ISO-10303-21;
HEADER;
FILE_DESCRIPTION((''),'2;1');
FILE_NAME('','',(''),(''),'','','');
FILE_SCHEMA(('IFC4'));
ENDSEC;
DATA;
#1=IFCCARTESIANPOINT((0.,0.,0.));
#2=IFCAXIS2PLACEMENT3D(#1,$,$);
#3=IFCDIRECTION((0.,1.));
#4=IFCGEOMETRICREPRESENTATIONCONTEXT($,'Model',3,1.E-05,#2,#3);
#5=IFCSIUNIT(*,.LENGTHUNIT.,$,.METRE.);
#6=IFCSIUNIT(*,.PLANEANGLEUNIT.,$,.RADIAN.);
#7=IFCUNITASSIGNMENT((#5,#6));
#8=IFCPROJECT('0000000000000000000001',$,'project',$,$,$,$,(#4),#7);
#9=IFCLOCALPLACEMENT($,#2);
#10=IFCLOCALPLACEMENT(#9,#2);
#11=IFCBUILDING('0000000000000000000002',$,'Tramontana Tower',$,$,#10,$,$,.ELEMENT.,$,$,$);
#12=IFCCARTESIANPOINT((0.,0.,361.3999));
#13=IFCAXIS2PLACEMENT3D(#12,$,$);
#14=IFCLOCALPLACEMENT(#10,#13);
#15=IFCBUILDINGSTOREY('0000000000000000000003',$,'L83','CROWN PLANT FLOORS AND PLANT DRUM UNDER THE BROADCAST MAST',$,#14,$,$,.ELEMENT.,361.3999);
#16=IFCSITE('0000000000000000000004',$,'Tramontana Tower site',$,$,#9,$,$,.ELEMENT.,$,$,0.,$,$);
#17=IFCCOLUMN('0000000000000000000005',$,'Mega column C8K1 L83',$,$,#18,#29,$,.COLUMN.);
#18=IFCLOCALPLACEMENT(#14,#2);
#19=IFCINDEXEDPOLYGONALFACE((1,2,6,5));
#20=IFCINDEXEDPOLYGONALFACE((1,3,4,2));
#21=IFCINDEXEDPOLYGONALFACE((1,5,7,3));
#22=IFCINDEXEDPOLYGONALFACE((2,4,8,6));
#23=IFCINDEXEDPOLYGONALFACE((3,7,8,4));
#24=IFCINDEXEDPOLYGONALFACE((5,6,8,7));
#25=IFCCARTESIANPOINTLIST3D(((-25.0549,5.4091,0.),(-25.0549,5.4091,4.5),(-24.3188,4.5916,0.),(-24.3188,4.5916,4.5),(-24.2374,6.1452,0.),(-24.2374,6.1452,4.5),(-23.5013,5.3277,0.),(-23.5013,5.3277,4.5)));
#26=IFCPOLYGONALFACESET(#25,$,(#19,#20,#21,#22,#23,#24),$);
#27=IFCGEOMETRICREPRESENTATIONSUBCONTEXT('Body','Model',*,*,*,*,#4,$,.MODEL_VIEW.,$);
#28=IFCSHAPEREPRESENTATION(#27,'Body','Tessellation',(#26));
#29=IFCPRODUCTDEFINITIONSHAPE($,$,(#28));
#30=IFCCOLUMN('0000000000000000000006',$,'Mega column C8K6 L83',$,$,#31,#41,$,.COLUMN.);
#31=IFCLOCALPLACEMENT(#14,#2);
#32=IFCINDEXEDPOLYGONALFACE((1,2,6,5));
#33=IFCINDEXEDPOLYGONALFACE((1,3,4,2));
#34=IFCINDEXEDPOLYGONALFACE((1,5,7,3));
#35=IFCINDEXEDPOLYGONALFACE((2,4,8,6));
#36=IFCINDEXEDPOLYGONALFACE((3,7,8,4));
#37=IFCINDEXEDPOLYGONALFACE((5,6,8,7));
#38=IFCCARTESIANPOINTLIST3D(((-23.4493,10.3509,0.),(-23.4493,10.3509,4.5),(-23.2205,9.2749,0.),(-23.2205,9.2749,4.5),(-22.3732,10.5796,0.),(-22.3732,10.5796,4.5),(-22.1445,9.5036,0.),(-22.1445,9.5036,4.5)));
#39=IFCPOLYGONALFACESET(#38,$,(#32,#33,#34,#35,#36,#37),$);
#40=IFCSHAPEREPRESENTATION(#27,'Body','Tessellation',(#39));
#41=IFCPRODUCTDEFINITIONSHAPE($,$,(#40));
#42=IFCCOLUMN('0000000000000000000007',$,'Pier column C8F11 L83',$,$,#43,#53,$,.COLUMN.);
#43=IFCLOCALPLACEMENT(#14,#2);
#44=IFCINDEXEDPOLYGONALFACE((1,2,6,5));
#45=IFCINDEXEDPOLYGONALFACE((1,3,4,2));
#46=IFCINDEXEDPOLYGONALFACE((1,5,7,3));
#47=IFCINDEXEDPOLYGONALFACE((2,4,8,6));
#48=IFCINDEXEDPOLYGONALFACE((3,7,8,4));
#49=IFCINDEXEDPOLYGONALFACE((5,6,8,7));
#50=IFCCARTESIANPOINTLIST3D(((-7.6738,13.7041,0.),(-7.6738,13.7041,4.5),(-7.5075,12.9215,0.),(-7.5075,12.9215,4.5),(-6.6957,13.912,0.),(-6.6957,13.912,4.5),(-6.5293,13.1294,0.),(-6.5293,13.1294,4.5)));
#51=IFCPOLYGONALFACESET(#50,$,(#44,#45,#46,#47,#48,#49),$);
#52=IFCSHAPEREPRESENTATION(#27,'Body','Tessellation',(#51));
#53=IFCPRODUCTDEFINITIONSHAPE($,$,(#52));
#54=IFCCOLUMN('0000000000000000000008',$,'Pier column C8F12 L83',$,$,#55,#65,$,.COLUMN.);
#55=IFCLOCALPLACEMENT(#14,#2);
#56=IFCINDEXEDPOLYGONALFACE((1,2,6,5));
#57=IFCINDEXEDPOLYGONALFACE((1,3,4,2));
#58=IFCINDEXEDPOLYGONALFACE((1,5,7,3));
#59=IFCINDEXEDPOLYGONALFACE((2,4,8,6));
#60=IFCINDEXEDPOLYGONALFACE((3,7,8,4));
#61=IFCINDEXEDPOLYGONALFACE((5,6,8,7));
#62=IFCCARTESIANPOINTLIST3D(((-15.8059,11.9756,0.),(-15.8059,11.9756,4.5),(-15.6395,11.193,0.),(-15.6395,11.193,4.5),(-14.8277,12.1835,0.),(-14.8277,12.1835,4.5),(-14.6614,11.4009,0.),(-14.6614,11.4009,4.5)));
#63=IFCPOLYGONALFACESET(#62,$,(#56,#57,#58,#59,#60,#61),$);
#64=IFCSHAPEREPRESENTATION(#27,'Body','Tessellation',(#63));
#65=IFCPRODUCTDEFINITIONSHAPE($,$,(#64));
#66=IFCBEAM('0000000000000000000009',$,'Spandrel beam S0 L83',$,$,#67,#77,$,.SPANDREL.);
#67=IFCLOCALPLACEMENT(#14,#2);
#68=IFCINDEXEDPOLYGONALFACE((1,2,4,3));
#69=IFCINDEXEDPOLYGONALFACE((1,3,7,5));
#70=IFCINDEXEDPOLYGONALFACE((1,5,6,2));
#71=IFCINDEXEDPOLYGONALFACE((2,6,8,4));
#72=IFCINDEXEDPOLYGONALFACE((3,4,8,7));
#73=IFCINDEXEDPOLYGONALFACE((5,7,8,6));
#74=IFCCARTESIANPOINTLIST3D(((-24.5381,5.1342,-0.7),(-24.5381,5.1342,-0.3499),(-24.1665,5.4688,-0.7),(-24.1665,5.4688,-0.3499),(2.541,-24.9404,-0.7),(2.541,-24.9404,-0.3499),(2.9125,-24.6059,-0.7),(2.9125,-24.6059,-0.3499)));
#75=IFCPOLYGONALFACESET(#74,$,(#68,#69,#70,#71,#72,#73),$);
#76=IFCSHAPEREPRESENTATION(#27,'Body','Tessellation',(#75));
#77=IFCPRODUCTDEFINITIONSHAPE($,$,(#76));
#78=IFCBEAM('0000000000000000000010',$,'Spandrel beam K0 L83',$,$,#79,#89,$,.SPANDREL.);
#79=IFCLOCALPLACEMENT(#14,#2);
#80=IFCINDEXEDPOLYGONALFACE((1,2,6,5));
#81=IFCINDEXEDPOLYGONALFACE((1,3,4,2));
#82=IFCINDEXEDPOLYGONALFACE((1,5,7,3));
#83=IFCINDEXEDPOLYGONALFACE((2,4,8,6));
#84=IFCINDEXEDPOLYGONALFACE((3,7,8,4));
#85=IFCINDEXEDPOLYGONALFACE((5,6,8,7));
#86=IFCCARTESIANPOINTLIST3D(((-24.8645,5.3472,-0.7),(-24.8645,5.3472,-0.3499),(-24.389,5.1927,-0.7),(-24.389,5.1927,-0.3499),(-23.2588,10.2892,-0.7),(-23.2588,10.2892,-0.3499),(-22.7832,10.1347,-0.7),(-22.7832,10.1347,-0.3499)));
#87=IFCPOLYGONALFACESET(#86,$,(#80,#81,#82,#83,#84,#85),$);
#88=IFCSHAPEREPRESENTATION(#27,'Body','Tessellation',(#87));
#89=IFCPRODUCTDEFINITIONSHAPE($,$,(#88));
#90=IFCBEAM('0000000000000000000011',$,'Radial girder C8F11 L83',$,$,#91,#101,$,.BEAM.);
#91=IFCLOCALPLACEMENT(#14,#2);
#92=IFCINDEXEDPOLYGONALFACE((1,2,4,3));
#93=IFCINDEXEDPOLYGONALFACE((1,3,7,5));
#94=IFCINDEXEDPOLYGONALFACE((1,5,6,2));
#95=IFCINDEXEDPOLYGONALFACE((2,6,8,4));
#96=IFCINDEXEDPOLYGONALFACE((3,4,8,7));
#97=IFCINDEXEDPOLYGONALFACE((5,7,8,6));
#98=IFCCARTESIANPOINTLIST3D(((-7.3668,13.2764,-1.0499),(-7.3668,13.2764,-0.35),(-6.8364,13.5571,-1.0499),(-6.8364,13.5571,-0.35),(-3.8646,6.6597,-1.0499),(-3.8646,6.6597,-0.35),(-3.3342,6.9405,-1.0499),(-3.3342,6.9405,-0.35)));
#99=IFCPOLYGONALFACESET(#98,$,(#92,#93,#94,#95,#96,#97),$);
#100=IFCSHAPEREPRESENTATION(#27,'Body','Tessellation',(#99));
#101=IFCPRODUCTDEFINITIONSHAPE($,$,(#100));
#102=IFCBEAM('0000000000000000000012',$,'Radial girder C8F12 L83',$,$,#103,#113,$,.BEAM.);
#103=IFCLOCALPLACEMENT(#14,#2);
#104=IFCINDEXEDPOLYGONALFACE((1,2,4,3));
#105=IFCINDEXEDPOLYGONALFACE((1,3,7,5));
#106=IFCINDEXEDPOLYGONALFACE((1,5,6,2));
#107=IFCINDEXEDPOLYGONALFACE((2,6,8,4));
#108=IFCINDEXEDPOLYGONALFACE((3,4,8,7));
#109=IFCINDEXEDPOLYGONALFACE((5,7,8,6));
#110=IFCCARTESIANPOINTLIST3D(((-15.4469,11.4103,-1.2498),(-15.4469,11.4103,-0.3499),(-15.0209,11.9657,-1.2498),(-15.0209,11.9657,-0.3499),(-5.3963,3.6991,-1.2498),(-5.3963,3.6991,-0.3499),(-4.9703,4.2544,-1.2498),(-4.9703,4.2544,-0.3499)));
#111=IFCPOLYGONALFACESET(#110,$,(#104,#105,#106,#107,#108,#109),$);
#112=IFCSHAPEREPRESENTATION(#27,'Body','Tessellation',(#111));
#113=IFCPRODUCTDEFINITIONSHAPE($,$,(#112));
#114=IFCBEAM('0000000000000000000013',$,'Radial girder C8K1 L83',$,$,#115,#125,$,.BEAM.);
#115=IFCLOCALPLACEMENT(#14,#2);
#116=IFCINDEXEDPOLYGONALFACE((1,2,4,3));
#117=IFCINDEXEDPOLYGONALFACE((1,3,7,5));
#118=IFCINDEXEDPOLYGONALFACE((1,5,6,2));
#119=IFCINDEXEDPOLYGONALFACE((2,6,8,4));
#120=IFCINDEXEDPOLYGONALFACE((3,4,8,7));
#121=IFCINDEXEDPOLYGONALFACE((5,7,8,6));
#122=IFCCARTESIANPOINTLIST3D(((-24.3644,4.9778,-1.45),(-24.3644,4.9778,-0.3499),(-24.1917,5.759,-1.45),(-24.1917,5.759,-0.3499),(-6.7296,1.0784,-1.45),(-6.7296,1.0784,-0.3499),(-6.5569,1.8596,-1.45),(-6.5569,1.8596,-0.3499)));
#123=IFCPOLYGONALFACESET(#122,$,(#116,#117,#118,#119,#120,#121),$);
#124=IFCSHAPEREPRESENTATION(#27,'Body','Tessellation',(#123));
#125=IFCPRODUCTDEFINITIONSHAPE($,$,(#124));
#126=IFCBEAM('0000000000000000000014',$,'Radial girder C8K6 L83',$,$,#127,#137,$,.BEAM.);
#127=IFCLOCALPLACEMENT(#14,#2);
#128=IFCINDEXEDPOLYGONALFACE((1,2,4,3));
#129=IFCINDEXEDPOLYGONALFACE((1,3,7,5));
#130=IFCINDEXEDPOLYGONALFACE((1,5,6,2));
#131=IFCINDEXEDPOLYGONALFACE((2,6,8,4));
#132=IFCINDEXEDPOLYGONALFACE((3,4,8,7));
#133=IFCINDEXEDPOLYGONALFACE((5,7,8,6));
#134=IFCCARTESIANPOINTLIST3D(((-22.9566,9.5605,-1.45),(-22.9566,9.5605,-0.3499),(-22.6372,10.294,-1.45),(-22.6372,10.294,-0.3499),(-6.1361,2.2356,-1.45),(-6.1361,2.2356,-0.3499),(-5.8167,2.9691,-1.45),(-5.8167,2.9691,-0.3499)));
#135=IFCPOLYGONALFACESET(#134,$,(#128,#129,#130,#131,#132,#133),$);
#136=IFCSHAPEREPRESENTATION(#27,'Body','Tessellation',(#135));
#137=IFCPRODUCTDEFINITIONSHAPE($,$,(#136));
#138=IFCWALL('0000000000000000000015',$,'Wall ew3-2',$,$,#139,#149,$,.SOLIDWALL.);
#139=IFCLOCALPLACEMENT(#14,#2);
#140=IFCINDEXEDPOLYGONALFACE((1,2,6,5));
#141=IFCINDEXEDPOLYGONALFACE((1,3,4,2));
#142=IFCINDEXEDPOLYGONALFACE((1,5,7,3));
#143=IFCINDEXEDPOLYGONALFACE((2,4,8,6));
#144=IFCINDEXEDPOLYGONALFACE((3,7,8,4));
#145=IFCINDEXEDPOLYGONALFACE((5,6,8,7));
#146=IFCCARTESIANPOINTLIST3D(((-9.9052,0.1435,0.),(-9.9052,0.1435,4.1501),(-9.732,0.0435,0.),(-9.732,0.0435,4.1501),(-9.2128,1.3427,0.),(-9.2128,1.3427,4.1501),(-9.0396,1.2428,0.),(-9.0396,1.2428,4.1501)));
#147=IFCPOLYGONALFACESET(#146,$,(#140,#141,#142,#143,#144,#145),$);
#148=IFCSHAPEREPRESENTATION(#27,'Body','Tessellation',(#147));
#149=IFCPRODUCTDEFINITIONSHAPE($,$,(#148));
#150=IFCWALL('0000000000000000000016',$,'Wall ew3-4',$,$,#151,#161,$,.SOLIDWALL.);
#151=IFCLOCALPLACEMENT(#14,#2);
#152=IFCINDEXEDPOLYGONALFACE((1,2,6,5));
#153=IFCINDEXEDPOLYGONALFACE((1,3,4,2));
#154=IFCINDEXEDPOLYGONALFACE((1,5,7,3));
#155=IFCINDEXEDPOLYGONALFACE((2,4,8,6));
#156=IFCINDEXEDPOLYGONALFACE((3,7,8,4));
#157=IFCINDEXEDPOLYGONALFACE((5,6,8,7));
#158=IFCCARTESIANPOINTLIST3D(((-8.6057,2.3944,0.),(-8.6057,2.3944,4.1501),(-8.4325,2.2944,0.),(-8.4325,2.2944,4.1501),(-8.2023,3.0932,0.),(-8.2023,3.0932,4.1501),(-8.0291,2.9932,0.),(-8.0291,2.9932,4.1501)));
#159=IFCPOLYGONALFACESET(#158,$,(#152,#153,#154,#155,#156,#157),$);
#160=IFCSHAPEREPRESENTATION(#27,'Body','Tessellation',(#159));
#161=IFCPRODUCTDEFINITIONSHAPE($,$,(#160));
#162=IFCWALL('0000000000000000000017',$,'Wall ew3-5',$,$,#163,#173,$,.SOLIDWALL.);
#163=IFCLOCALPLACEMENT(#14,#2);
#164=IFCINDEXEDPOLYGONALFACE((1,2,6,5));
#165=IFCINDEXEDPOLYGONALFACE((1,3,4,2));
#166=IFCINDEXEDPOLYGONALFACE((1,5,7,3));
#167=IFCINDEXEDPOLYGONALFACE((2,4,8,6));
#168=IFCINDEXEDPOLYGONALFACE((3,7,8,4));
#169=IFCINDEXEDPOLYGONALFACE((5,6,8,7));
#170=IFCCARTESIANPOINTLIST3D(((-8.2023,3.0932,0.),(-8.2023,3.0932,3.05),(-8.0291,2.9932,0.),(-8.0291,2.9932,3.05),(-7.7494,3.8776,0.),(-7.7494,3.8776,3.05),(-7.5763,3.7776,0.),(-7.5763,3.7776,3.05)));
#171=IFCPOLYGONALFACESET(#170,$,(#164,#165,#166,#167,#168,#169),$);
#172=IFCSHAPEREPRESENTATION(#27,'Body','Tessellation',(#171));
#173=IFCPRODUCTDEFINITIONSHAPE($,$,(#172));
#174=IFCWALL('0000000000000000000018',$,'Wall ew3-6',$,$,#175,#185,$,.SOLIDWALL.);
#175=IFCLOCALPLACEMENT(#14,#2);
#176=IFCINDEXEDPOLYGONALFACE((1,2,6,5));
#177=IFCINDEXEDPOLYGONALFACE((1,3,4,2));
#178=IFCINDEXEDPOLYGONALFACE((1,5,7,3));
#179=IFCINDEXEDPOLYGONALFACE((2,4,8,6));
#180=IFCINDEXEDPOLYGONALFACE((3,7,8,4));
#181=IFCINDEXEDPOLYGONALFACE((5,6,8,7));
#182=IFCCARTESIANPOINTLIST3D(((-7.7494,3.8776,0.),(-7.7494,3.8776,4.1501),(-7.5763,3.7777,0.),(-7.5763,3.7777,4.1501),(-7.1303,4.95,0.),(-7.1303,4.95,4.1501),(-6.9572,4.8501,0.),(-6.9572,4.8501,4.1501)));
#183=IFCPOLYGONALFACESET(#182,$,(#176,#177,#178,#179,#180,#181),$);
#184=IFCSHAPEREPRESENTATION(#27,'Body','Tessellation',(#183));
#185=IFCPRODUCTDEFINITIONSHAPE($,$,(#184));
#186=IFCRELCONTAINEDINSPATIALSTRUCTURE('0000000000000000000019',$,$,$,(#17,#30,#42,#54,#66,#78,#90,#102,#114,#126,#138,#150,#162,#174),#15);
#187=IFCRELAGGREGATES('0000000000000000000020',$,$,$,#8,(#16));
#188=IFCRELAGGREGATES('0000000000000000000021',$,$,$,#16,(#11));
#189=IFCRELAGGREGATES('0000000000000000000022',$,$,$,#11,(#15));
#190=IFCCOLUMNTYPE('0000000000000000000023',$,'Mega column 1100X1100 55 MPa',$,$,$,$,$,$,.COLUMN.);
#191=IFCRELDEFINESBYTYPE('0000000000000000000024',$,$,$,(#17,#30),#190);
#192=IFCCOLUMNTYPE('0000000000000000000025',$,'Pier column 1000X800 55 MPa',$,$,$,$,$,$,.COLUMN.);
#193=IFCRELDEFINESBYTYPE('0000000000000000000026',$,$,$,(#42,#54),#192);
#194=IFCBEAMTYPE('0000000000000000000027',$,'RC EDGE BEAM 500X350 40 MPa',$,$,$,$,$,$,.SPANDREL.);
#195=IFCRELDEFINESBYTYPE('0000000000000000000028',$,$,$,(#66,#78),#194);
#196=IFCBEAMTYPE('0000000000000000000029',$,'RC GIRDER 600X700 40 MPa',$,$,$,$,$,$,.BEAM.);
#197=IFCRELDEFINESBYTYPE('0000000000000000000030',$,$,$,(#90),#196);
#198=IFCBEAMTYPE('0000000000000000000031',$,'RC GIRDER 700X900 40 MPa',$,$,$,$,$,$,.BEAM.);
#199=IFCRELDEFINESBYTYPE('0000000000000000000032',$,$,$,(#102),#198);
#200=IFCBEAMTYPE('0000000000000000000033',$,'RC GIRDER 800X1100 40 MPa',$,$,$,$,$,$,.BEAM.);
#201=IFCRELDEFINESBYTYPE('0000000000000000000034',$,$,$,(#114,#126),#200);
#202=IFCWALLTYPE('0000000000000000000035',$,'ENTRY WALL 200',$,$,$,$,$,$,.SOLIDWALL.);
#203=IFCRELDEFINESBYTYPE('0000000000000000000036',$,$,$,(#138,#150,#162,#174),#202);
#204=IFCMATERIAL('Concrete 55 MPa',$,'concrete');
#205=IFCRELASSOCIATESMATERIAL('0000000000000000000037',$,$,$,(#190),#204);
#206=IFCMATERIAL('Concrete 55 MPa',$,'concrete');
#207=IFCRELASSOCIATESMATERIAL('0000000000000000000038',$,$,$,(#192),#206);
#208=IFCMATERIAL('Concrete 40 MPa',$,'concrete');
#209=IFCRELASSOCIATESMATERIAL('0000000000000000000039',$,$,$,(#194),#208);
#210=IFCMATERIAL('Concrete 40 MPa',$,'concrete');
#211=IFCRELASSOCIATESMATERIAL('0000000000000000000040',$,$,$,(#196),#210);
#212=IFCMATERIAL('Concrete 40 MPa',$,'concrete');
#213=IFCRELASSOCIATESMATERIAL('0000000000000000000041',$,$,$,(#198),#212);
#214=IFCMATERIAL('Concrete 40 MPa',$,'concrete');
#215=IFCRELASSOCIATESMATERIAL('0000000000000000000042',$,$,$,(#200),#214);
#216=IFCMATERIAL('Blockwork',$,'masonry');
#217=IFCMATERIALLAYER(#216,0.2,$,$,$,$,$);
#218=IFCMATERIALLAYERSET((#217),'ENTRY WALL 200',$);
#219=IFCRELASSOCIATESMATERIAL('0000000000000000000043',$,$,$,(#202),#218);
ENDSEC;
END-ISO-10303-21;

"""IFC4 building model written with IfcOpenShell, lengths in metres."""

from ifc_helpers import new_model, si_unit, direction, frame, frame_2d, origin, origin_2d, place, context, subcontext, project, spatial, rectangle, extrude, material, layer, layer_set, material_profile, profile_set, type_object, element, save


model = new_model("IFC4")

# Units and contexts
model_context = context("Model", 3, precision=1e-05, world=origin(), true_north=direction((0.0, 1.0)))
body_context = subcontext(model_context, "Body", "Model", "MODEL_VIEW")
ifc_project = project(units=[si_unit("LENGTHUNIT", "METRE"), si_unit("PLANEANGLEUNIT", "RADIAN")], contexts=[model_context])

# Site, building, storey
site_placement = place(None, origin())
site = spatial("IfcSite", under=ifc_project, at=site_placement, Name="Tramontana Tower site", CompositionType="ELEMENT", RefElevation=0.0)
building_placement = place(site_placement, origin())
building = spatial("IfcBuilding", under=site, at=building_placement, Name="Tramontana Tower", CompositionType="ELEMENT")
storey_placement = place(building_placement, frame((0.0, 0.0, 361.3999)))
storey = spatial("IfcBuildingStorey", under=building, at=storey_placement, Name="L83", Description="CROWN PLANT FLOORS AND PLANT DRUM UNDER THE BROADCAST MAST", CompositionType="ELEMENT", Elevation=361.3999)

# Columns
ifc_material_1 = material(Name="Concrete 55 MPa", Category="concrete")
ifc_material_profile_1 = material_profile(ifc_material_1, rectangle(XDim=1.1001, YDim=1.1001, at=origin_2d()), Name="Mega column 1100X1100 55 MPa")
ifc_profile_set_1 = profile_set([ifc_material_profile_1], Name="Concrete 55 MPa")
column_type_1 = type_object("IfcColumnType", Name="Mega column 1100X1100 55 MPa", PredefinedType="COLUMN", material=ifc_profile_set_1)
for number, where, z_axis, x_axis, name in (
    (1, (-24.2781, 5.3684, 0.0), (0.0, 0.0, 1.0), (0.669131, -0.743145, 0.0), "Mega column C8K1 L83"),
    (2, (-22.7969, 9.9272, 0.0), (0.0, 0.0, 1.0), (-0.978148, -0.207912, 0.0), "Mega column C8K6 L83"),
):
    element("IfcColumn", number, at=place(storey_placement, frame(where, z_axis=z_axis, x_axis=x_axis)), inside=storey, type_object=column_type_1, Name=name, PredefinedType="COLUMN", context=body_context, shape_type="SweptSolid", body=[
        extrude(rectangle(XDim=1.1001, YDim=1.1001, at=origin_2d()), origin(), (0.0, 0.0, 1.0), 4.5),
    ])
ifc_material_2 = material(Name="Concrete 55 MPa", Category="concrete")
ifc_material_profile_2 = material_profile(ifc_material_2, rectangle(XDim=1.0, YDim=0.8, at=origin_2d()), Name="Pier column 1000X800 55 MPa")
ifc_profile_set_2 = profile_set([ifc_material_profile_2], Name="Concrete 55 MPa")
column_type_2 = type_object("IfcColumnType", Name="Pier column 1000X800 55 MPa", PredefinedType="COLUMN", material=ifc_profile_set_2)
for number, where, z_axis, x_axis, name in (
    (3, (-7.1016, 13.4167, 0.0), (0.0, 0.0, 1.0), (-0.978148, -0.207912, 0.0), "Pier column C8F11 L83"),
    (4, (-15.2336, 11.6882, 0.0), (0.0, 0.0, 1.0), (-0.978148, -0.207912, 0.0), "Pier column C8F12 L83"),
):
    element("IfcColumn", number, at=place(storey_placement, frame(where, z_axis=z_axis, x_axis=x_axis)), inside=storey, type_object=column_type_2, Name=name, PredefinedType="COLUMN", context=body_context, shape_type="SweptSolid", body=[
        extrude(rectangle(XDim=1.0, YDim=0.8, at=origin_2d()), origin(), (0.0, 0.0, 1.0), 4.5),
    ])

# Beams
ifc_material_3 = material(Name="Concrete 40 MPa", Category="concrete")
ifc_material_profile_3 = material_profile(ifc_material_3, rectangle(XDim=0.5, YDim=0.3501, at=origin_2d()), Name="RC EDGE BEAM 500X350 40 MPa")
ifc_profile_set_3 = profile_set([ifc_material_profile_3], Name="Concrete 40 MPa")
beam_type_1 = type_object("IfcBeamType", Name="RC EDGE BEAM 500X350 40 MPa", PredefinedType="SPANDREL", material=ifc_profile_set_3)
beam_1_placement = place(storey_placement, frame((-24.3523, 5.3015, -0.5249), z_axis=(0.669127, -0.743148, 0.0), x_axis=(0.743148, 0.669127, 0.0)))
element("IfcBeam", 5, at=beam_1_placement, inside=storey, type_object=beam_type_1, Name="Spandrel beam S0 L83", PredefinedType="SPANDREL", context=body_context, shape_type="SweptSolid", body=[
    extrude(rectangle(XDim=0.5, YDim=0.3501, at=origin_2d()), origin(), (0.0, 0.0, 1.0), 40.4692),
])
beam_2_placement = place(storey_placement, frame((-23.021, 10.2119, -0.5249), z_axis=(-0.309016, -0.951057, 0.0), x_axis=(0.951057, -0.309016, 0.0)))
element("IfcBeam", 6, at=beam_2_placement, inside=storey, type_object=beam_type_1, Name="Spandrel beam K0 L83", PredefinedType="SPANDREL", context=body_context, shape_type="SweptSolid", body=[
    extrude(rectangle(XDim=0.5, YDim=0.3501, at=origin_2d()), origin(), (0.0, 0.0, 1.0), 5.1963),
])
ifc_material_4 = material(Name="Concrete 40 MPa", Category="concrete")
ifc_material_profile_4 = material_profile(ifc_material_4, rectangle(XDim=0.6001, YDim=0.7, at=origin_2d()), Name="RC GIRDER 600X700 40 MPa")
ifc_profile_set_4 = profile_set([ifc_material_profile_4], Name="Concrete 40 MPa")
beam_type_2 = type_object("IfcBeamType", Name="RC GIRDER 600X700 40 MPa", PredefinedType="BEAM", material=ifc_profile_set_4)
beam_3_placement = place(storey_placement, frame((-7.1016, 13.4167, -0.7), z_axis=(0.467808, -0.88383, 0.0), x_axis=(0.88383, 0.467808, 0.0)))
element("IfcBeam", 7, at=beam_3_placement, inside=storey, type_object=beam_type_2, Name="Radial girder C8F11 L83", PredefinedType="BEAM", context=body_context, shape_type="SweptSolid", body=[
    extrude(rectangle(XDim=0.6001, YDim=0.7, at=origin_2d()), origin(), (0.0, 0.0, 1.0), 7.4863),
])
ifc_material_5 = material(Name="Concrete 40 MPa", Category="concrete")
ifc_material_profile_5 = material_profile(ifc_material_5, rectangle(XDim=0.7, YDim=0.8999, at=origin_2d()), Name="RC GIRDER 700X900 40 MPa")
ifc_profile_set_5 = profile_set([ifc_material_profile_5], Name="Concrete 40 MPa")
beam_type_3 = type_object("IfcBeamType", Name="RC GIRDER 700X900 40 MPa", PredefinedType="BEAM", material=ifc_profile_set_5)
beam_4_placement = place(storey_placement, frame((-15.2339, 11.688, -0.7998), z_axis=(0.793386, -0.608718, 0.0), x_axis=(0.608718, 0.793386, 0.0)))
element("IfcBeam", 8, at=beam_4_placement, inside=storey, type_object=beam_type_3, Name="Radial girder C8F12 L83", PredefinedType="BEAM", context=body_context, shape_type="SweptSolid", body=[
    extrude(rectangle(XDim=0.7, YDim=0.8999, at=origin_2d()), origin(), (0.0, 0.0, 1.0), 12.668),
])
ifc_material_6 = material(Name="Concrete 40 MPa", Category="concrete")
ifc_material_profile_6 = material_profile(ifc_material_6, rectangle(XDim=0.8, YDim=1.1001, at=origin_2d()), Name="RC GIRDER 800X1100 40 MPa")
ifc_profile_set_6 = profile_set([ifc_material_profile_6], Name="Concrete 40 MPa")
beam_type_4 = type_object("IfcBeamType", Name="RC GIRDER 800X1100 40 MPa", PredefinedType="BEAM", material=ifc_profile_set_6)
beam_5_placement = place(storey_placement, frame((-24.2781, 5.3684, -0.8999), z_axis=(0.976414, -0.215906, 0.0), x_axis=(0.215906, 0.976414, 0.0)))
element("IfcBeam", 9, at=beam_5_placement, inside=storey, type_object=beam_type_4, Name="Radial girder C8K1 L83", PredefinedType="BEAM", context=body_context, shape_type="SweptSolid", body=[
    extrude(rectangle(XDim=0.8, YDim=1.1001, at=origin_2d()), origin(), (0.0, 0.0, 1.0), 18.0608),
])
beam_6_placement = place(storey_placement, frame((-22.7969, 9.9272, -0.8999), z_axis=(0.916837, -0.399261, 0.0), x_axis=(0.399261, 0.916837, 0.0)))
element("IfcBeam", 10, at=beam_6_placement, inside=storey, type_object=beam_type_4, Name="Radial girder C8K6 L83", PredefinedType="BEAM", context=body_context, shape_type="SweptSolid", body=[
    extrude(rectangle(XDim=0.8, YDim=1.1001, at=origin_2d()), origin(), (0.0, 0.0, 1.0), 18.3462),
])

# Wall
ifc_material_7 = material(Name="Blockwork", Category="masonry")
ifc_layer_1 = layer(ifc_material_7, 0.2)
ifc_layer_set_1 = layer_set([ifc_layer_1], Name="ENTRY WALL 200")
wall_type_1 = type_object("IfcWallType", Name="ENTRY WALL 200", PredefinedType="SOLIDWALL", material=ifc_layer_set_1)
wall_1_placement = place(storey_placement, frame((-9.8186, 0.0935, 0.0), z_axis=(0.0, 0.0, 1.0), x_axis=(0.500007, 0.866021, 0.0)))
element("IfcWall", 11, at=wall_1_placement, inside=storey, type_object=wall_type_1, Name="Wall ew3-2", PredefinedType="SOLIDWALL", context=body_context, shape_type="SweptSolid", body=[
    extrude(rectangle(XDim=1.3848, YDim=0.2, at=frame_2d((0.6924, 0.0))), origin(), (0.0, 0.0, 1.0), 4.1501),
])

# Walls
wall_2_placement = place(storey_placement, frame((-8.519, 2.3445, 0.0), z_axis=(0.0, 0.0, 1.0), x_axis=(0.499915, 0.866075, 0.0)))
element("IfcWall", 12, at=wall_2_placement, inside=storey, type_object=wall_type_1, Name="Wall ew3-4", PredefinedType="SOLIDWALL", context=body_context, shape_type="SweptSolid", body=[
    extrude(rectangle(XDim=0.8069, YDim=0.2, at=frame_2d((0.4033, 0.0))), origin(), (0.0, 0.0, 1.0), 4.1501),
])
wall_3_placement = place(storey_placement, frame((-8.1157, 3.0432, 0.0), z_axis=(0.0, 0.0, 1.0), x_axis=(0.499995, 0.866028, 0.0)))
element("IfcWall", 13, at=wall_3_placement, inside=storey, type_object=wall_type_1, Name="Wall ew3-5", PredefinedType="SOLIDWALL", context=body_context, shape_type="SweptSolid", body=[
    extrude(rectangle(XDim=0.9058, YDim=0.2, at=frame_2d((0.4529, 0.0))), origin(), (0.0, 0.0, 1.0), 3.05),
])
wall_4_placement = place(storey_placement, frame((-7.6628, 3.8276, 0.0), z_axis=(0.0, 0.0, 1.0), x_axis=(0.499956, 0.866051, 0.0)))
element("IfcWall", 14, at=wall_4_placement, inside=storey, type_object=wall_type_1, Name="Wall ew3-6", PredefinedType="SOLIDWALL", context=body_context, shape_type="SweptSolid", body=[
    extrude(rectangle(XDim=1.2383, YDim=0.2, at=frame_2d((0.6191, 0.0))), origin(), (0.0, 0.0, 1.0), 4.1501),
])

save(model, "model.ifc")
